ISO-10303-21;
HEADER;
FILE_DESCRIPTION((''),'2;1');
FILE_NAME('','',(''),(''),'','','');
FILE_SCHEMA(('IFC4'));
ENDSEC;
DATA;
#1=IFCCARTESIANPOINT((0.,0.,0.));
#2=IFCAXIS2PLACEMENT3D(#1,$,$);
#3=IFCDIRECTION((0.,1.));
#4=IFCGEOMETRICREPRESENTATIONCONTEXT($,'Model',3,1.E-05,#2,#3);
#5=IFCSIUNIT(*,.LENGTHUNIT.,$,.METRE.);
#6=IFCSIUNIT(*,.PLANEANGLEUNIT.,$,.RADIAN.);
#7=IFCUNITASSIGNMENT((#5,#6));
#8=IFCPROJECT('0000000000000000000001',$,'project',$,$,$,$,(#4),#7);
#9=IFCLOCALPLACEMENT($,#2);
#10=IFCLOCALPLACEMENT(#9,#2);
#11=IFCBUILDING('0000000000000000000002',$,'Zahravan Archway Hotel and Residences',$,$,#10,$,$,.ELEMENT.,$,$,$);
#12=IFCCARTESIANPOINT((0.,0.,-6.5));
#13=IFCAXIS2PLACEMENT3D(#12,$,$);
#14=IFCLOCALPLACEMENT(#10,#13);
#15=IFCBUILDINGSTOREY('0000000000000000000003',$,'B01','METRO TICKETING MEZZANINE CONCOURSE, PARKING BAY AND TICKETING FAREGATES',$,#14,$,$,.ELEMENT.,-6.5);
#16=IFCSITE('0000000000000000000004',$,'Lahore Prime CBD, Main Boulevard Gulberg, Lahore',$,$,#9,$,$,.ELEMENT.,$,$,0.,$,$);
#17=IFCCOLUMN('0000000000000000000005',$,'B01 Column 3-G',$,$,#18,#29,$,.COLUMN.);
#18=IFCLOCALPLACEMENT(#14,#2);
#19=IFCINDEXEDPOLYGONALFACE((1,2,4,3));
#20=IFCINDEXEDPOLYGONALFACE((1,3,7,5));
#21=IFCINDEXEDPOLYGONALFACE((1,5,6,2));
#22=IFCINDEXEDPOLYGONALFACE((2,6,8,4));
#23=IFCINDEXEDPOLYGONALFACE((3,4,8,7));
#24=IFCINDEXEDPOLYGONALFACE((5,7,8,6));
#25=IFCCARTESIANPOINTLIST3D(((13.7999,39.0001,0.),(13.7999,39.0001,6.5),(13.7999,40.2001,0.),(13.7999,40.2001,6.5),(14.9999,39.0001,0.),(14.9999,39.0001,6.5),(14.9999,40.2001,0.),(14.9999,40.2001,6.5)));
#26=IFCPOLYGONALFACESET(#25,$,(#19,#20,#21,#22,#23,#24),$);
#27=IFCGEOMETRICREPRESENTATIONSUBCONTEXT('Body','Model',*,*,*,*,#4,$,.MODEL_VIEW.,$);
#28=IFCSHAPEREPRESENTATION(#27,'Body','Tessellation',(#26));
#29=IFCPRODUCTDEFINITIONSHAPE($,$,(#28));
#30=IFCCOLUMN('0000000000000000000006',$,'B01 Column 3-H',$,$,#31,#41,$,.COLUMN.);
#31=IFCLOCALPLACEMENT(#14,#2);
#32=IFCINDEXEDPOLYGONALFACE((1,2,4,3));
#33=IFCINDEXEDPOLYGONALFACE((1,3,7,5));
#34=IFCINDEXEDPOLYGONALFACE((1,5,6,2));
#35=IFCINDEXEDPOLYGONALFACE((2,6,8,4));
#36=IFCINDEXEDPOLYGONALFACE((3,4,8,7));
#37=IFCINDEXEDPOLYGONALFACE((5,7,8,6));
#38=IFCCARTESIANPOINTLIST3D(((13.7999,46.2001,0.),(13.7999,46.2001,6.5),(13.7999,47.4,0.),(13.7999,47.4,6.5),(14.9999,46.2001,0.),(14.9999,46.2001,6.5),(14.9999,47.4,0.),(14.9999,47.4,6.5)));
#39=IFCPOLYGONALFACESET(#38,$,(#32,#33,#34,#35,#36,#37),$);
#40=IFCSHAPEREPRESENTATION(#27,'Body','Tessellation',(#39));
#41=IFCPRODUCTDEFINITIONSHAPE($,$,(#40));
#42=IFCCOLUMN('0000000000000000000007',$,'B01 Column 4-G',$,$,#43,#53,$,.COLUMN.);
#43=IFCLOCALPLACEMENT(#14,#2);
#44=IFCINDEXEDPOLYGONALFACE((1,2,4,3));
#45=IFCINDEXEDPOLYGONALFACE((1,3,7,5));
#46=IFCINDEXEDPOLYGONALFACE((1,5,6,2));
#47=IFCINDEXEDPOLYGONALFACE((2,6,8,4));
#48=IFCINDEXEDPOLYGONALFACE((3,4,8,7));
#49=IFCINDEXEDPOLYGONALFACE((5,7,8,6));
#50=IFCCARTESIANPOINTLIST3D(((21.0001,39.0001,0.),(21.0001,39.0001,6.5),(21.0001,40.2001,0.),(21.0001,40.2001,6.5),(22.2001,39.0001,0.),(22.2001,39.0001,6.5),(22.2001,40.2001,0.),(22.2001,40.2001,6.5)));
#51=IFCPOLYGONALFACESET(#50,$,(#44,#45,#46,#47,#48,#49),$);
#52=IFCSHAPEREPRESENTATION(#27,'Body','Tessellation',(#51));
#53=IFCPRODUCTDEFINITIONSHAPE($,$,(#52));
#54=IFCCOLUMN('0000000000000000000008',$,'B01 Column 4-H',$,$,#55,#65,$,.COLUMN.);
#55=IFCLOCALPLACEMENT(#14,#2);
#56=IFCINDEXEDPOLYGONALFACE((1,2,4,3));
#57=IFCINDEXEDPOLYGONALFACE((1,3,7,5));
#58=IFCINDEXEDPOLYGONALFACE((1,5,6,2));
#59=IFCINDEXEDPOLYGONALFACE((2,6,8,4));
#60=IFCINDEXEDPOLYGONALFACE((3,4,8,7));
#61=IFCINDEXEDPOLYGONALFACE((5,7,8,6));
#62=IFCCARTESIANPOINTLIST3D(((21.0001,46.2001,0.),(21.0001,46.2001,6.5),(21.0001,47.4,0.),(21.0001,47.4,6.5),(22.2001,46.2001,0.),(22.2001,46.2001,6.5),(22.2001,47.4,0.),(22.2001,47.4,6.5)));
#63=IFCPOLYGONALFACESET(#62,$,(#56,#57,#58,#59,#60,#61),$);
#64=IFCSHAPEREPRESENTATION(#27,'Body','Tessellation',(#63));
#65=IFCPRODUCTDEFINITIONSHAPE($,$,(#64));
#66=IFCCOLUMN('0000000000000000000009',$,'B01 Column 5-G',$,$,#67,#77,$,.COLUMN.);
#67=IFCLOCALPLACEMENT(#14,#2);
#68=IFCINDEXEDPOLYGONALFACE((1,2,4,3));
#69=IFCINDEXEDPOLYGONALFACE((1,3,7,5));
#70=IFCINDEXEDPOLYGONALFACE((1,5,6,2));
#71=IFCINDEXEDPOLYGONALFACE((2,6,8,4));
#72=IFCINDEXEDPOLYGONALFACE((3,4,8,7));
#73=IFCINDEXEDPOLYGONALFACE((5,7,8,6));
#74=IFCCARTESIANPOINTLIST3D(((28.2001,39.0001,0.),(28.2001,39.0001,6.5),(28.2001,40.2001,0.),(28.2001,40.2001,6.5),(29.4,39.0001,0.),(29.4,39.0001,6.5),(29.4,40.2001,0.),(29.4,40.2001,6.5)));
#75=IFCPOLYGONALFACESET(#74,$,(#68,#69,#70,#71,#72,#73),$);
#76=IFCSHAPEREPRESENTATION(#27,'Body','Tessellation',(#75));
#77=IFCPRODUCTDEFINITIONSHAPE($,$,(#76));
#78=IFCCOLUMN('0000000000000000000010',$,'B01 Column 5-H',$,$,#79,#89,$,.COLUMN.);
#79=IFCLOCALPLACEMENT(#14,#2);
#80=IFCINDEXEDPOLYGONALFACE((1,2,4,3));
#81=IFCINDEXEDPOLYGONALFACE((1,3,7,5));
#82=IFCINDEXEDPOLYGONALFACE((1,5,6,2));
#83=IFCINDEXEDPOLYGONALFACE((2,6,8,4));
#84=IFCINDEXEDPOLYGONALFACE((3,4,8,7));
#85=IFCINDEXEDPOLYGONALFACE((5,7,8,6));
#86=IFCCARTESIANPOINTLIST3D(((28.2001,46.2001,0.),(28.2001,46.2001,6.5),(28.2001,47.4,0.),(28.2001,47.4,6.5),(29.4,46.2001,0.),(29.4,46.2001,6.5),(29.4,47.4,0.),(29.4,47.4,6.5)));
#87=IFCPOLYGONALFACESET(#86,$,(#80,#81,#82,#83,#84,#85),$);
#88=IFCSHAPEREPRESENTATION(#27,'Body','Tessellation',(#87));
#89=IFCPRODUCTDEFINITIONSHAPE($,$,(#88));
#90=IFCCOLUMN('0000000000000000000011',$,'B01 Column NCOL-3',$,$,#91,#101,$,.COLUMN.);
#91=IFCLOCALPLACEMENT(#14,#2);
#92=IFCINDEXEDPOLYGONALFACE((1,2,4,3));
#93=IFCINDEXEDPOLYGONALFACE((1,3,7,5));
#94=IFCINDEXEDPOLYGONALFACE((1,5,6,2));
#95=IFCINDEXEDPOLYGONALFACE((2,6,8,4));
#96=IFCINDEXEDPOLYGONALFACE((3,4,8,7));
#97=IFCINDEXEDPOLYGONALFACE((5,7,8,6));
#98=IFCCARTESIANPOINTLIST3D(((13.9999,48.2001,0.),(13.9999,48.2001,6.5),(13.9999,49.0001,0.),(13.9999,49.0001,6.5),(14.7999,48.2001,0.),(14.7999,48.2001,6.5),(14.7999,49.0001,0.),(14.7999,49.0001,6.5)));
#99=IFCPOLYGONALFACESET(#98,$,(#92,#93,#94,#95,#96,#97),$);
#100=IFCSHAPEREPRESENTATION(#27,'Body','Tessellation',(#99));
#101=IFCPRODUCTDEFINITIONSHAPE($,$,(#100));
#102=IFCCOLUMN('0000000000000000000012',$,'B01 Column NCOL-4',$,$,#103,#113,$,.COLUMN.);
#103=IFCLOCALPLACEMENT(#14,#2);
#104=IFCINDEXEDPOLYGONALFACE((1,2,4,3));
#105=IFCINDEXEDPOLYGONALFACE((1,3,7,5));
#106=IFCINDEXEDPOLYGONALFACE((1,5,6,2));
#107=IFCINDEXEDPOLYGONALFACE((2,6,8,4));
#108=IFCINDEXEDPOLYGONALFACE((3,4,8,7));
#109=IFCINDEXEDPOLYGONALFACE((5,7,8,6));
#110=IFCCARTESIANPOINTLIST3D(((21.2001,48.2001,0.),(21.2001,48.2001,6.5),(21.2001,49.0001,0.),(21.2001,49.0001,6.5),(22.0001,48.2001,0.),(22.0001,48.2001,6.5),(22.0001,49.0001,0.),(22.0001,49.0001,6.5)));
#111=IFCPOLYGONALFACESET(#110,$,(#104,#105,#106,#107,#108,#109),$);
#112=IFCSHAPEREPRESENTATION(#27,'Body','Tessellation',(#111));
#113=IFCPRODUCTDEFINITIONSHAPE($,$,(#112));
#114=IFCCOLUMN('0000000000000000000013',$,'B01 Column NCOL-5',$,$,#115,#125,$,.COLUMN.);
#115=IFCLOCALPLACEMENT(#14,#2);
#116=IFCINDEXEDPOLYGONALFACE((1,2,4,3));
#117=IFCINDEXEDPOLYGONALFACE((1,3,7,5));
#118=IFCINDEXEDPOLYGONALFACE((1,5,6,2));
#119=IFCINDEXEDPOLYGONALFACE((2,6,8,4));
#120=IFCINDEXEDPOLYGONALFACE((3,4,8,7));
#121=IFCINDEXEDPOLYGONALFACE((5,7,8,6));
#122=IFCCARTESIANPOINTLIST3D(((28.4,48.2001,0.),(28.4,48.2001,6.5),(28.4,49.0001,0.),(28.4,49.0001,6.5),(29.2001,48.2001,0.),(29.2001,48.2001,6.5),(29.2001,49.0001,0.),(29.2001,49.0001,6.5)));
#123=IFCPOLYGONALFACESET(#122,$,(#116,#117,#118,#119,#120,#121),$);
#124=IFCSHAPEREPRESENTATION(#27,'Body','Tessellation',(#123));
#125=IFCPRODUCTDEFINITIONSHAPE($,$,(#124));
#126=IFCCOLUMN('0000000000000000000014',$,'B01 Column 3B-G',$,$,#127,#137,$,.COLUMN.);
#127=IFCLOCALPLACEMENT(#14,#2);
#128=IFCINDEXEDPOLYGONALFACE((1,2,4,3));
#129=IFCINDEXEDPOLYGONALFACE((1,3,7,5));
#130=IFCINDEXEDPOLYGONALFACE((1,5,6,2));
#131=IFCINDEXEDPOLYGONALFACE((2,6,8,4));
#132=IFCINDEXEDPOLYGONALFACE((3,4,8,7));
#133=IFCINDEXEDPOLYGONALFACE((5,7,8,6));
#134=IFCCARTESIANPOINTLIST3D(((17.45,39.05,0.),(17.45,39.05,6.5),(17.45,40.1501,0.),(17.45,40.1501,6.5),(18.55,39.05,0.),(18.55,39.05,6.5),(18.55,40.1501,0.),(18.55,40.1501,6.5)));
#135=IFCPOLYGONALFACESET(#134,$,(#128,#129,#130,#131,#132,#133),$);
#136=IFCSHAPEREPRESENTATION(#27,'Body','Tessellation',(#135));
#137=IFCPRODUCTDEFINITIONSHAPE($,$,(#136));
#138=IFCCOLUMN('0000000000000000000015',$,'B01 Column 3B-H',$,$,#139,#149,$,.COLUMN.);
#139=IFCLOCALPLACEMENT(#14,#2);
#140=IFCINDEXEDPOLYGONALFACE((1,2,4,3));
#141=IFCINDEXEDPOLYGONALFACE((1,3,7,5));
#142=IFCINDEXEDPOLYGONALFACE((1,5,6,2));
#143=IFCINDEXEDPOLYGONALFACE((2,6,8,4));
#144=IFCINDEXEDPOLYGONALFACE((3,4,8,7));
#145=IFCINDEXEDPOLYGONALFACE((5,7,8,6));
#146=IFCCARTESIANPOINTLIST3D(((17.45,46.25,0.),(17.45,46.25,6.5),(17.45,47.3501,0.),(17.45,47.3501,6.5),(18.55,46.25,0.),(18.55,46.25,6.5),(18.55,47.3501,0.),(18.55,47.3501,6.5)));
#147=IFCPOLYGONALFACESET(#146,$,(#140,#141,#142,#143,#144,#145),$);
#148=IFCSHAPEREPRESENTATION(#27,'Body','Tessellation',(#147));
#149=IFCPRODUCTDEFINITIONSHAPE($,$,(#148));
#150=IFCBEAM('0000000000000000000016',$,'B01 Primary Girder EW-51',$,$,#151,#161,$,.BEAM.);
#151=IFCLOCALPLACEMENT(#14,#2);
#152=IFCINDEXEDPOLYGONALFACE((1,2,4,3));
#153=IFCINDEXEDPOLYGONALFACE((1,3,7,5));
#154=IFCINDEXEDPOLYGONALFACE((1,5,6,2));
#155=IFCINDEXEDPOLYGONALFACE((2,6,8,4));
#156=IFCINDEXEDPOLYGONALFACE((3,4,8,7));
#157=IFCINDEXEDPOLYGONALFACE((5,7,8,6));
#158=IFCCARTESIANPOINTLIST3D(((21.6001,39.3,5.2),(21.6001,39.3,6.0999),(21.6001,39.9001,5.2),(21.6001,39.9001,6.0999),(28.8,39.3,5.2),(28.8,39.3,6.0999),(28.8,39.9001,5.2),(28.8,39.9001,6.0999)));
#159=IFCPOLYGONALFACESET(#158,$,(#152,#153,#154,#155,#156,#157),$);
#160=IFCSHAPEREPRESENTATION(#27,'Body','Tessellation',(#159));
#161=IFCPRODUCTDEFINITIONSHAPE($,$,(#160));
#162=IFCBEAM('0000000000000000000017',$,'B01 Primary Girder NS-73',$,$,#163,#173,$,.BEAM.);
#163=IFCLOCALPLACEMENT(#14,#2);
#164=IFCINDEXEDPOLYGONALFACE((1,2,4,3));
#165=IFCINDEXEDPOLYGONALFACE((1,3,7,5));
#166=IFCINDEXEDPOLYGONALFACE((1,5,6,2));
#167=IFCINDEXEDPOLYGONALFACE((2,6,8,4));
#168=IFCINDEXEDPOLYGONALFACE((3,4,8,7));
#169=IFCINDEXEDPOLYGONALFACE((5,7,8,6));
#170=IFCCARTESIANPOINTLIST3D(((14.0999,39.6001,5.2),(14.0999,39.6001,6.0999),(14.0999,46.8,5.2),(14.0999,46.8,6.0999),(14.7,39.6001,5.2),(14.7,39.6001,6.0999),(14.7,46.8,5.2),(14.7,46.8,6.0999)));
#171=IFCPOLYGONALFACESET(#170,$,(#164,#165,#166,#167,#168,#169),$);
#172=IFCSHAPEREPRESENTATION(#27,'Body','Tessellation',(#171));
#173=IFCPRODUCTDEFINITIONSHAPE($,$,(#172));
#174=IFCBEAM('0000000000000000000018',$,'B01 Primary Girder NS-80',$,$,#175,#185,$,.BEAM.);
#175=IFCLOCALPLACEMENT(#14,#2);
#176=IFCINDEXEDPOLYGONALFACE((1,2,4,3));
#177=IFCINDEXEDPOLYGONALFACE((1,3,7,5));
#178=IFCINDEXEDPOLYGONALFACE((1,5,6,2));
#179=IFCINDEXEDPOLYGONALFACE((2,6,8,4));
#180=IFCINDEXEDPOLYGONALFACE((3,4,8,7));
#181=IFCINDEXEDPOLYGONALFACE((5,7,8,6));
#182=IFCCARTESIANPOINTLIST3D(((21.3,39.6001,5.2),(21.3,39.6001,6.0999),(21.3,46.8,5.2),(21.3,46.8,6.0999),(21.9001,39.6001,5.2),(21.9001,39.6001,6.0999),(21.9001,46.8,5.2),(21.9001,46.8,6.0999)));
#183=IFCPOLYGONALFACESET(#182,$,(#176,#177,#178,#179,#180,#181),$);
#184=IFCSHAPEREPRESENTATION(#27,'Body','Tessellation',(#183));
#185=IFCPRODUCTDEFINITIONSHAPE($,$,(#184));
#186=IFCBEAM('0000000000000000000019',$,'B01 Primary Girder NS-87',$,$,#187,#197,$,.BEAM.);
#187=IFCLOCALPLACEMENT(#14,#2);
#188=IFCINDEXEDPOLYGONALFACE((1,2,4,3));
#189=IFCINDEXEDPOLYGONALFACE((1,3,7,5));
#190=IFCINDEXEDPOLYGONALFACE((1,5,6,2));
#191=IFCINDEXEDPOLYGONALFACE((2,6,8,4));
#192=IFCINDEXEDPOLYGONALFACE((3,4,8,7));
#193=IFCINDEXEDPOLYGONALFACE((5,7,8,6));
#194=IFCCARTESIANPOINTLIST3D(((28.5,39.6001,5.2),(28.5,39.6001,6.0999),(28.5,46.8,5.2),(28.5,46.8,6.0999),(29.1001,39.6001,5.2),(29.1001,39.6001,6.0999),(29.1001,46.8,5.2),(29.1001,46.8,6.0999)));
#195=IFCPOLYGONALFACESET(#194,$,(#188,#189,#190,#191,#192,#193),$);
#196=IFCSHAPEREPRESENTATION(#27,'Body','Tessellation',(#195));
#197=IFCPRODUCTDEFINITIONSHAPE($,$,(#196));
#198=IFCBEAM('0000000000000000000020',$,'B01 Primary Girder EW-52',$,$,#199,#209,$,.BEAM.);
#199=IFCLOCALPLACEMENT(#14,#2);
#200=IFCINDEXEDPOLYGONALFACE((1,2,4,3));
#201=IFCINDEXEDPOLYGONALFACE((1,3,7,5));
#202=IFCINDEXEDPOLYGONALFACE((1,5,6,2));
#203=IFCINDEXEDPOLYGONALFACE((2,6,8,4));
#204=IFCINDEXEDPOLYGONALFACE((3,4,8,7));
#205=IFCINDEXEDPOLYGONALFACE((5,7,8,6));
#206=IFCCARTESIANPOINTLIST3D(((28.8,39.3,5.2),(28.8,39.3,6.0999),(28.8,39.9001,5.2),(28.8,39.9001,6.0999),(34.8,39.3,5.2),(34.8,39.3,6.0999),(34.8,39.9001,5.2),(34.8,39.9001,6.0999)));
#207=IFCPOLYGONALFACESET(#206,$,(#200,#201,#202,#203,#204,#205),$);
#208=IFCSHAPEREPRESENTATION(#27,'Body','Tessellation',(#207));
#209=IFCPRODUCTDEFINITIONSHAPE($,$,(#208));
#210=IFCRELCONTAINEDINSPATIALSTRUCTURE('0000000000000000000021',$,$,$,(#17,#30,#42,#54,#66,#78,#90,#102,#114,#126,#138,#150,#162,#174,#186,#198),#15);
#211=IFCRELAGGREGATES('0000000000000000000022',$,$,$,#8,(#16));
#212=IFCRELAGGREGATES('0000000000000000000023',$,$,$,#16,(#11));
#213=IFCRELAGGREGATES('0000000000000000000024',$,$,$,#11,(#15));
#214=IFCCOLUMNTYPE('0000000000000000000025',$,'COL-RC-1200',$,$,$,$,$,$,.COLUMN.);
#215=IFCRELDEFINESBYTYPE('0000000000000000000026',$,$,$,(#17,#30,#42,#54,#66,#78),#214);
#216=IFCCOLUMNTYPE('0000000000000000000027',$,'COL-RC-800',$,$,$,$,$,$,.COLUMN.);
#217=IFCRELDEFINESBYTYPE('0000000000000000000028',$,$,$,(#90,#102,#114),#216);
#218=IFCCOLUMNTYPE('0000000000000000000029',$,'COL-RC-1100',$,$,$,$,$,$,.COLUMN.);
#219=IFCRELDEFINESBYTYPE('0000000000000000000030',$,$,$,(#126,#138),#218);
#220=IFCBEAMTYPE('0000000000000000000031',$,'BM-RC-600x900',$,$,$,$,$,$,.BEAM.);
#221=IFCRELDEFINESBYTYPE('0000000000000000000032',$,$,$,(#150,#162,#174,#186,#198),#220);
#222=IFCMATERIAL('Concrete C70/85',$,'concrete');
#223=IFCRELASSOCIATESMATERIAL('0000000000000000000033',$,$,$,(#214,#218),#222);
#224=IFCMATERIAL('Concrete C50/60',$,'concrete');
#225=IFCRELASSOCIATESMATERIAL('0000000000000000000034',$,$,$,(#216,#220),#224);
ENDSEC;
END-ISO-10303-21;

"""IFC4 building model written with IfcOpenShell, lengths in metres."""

from ifc_helpers import new_model, si_unit, direction, frame, origin, origin_2d, place, context, subcontext, project, spatial, rectangle, extrude, source, transform, mapped, material, material_profile, profile_set, type_object, element, save


model = new_model("IFC4")

# Units and contexts
model_context = context("Model", 3, precision=1e-05, world=origin(), true_north=direction((0.0, 1.0)))
body_context = subcontext(model_context, "Body", "Model", "MODEL_VIEW")
ifc_project = project(units=[si_unit("LENGTHUNIT", "METRE"), si_unit("PLANEANGLEUNIT", "RADIAN")], contexts=[model_context])

# Site, building, storey
site_placement = place(None, origin())
site = spatial("IfcSite", under=ifc_project, at=site_placement, Name="Lahore Prime CBD, Main Boulevard Gulberg, Lahore", CompositionType="ELEMENT", RefElevation=0.0)
building_placement = place(site_placement, origin())
building = spatial("IfcBuilding", under=site, at=building_placement, Name="Zahravan Archway Hotel and Residences", CompositionType="ELEMENT")
storey_placement = place(building_placement, frame((0.0, 0.0, -6.5)))
storey = spatial("IfcBuildingStorey", under=building, at=storey_placement, Name="B01", Description="METRO TICKETING MEZZANINE CONCOURSE, PARKING BAY AND TICKETING FAREGATES", CompositionType="ELEMENT", Elevation=-6.5)

# Columns
ifc_material_1 = material(Name="Concrete C70/85", Category="concrete")
ifc_material_profile_1 = material_profile(ifc_material_1, rectangle(XDim=1.2, YDim=1.2, at=origin_2d()), Name="RC-COL-1200x1200", Category="concrete")
ifc_profile_set_1 = profile_set([ifc_material_profile_1], Name="Concrete C70/85")
column_type_1 = type_object("IfcColumnType", Name="COL-RC-1200", PredefinedType="COLUMN", material=ifc_profile_set_1)
shared_shape_1 = source(origin(), body_context, "Body", "SweptSolid", [
    extrude(rectangle(XDim=1.2, YDim=1.2, at=origin_2d()), origin(), (0.0, 0.0, 1.0), 6.5),
])
for number, where, z_axis, x_axis, name in (
    (1, (14.3999, 39.6001, 0.0), (0.0, 0.0, 1.0), (1.0, 0.0, 0.0), "B01 Column 3-G"),
    (2, (14.3999, 46.8, 0.0), (0.0, 0.0, 1.0), (1.0, 0.0, 0.0), "B01 Column 3-H"),
    (3, (21.6001, 39.6001, 0.0), (0.0, 0.0, 1.0), (1.0, 0.0, 0.0), "B01 Column 4-G"),
    (4, (21.6001, 46.8, 0.0), (0.0, 0.0, 1.0), (1.0, 0.0, 0.0), "B01 Column 4-H"),
    (5, (28.8, 39.6001, 0.0), (0.0, 0.0, 1.0), (1.0, 0.0, 0.0), "B01 Column 5-G"),
    (6, (28.8, 46.8, 0.0), (0.0, 0.0, 1.0), (1.0, 0.0, 0.0), "B01 Column 5-H"),
):
    element("IfcColumn", number, at=place(storey_placement, frame(where, z_axis=z_axis, x_axis=x_axis)), inside=storey, type_object=column_type_1, Name=name, PredefinedType="COLUMN", context=body_context, shape_type="MappedRepresentation", body=[
        mapped(shared_shape_1, transform((0.0, 0.0, 0.0), scale=1.0)),
    ])
ifc_material_2 = material(Name="Concrete C50/60", Category="concrete")
ifc_material_profile_2 = material_profile(ifc_material_2, rectangle(XDim=0.8, YDim=0.8, at=origin_2d()), Name="RC-COL-800x800", Category="concrete")
ifc_profile_set_2 = profile_set([ifc_material_profile_2], Name="Concrete C50/60")
column_type_2 = type_object("IfcColumnType", Name="COL-RC-800", PredefinedType="COLUMN", material=ifc_profile_set_2)
shared_shape_2 = source(origin(), body_context, "Body", "SweptSolid", [
    extrude(rectangle(XDim=0.8, YDim=0.8, at=origin_2d()), origin(), (0.0, 0.0, 1.0), 6.5),
])
for number, where, z_axis, x_axis, name in (
    (7, (14.3999, 48.6001, 0.0), (0.0, 0.0, 1.0), (1.0, 0.0, 0.0), "B01 Column NCOL-3"),
    (8, (21.6001, 48.6001, 0.0), (0.0, 0.0, 1.0), (1.0, 0.0, 0.0), "B01 Column NCOL-4"),
    (9, (28.8, 48.6001, 0.0), (0.0, 0.0, 1.0), (1.0, 0.0, 0.0), "B01 Column NCOL-5"),
):
    element("IfcColumn", number, at=place(storey_placement, frame(where, z_axis=z_axis, x_axis=x_axis)), inside=storey, type_object=column_type_2, Name=name, PredefinedType="COLUMN", context=body_context, shape_type="MappedRepresentation", body=[
        mapped(shared_shape_2, transform((0.0, 0.0, 0.0), scale=1.0)),
    ])
ifc_material_profile_3 = material_profile(ifc_material_1, rectangle(XDim=1.1001, YDim=1.1001, at=origin_2d()), Name="RC 1100x1100", Category="concrete")
ifc_profile_set_3 = profile_set([ifc_material_profile_3], Name="Concrete C70/85")
column_type_3 = type_object("IfcColumnType", Name="COL-RC-1100", PredefinedType="COLUMN", material=ifc_profile_set_3)
shared_shape_3 = source(origin(), body_context, "Body", "SweptSolid", [
    extrude(rectangle(XDim=1.1001, YDim=1.1001, at=origin_2d()), origin(), (0.0, 0.0, 1.0), 6.5),
])
for number, where, z_axis, x_axis, name in (
    (10, (18.0, 39.6001, 0.0), (0.0, 0.0, 1.0), (1.0, 0.0, 0.0), "B01 Column 3B-G"),
    (11, (18.0, 46.8, 0.0), (0.0, 0.0, 1.0), (1.0, 0.0, 0.0), "B01 Column 3B-H"),
):
    element("IfcColumn", number, at=place(storey_placement, frame(where, z_axis=z_axis, x_axis=x_axis)), inside=storey, type_object=column_type_3, Name=name, PredefinedType="COLUMN", context=body_context, shape_type="MappedRepresentation", body=[
        mapped(shared_shape_3, transform((0.0, 0.0, 0.0), scale=1.0)),
    ])

# Beams
ifc_material_profile_4 = material_profile(ifc_material_2, rectangle(XDim=0.6001, YDim=0.8999, at=origin_2d()), Name="RC-BM-600x900", Category="concrete")
ifc_profile_set_4 = profile_set([ifc_material_profile_4], Name="Concrete C50/60")
beam_type = type_object("IfcBeamType", Name="BM-RC-600x900", PredefinedType="BEAM", material=ifc_profile_set_4)
shared_shape_4 = source(origin(), body_context, "Body", "SweptSolid", [
    extrude(rectangle(XDim=0.6001, YDim=0.8999, at=origin_2d()), origin(), (0.0, 0.0, 1.0), 7.2),
])
for number, where, z_axis, x_axis, name in (
    (12, (21.6001, 39.6001, 5.6499), (1.0, 0.0, 0.0), (0.0, 1.0, 0.0), "B01 Primary Girder EW-51"),
    (13, (14.3999, 39.6001, 5.6499), (0.0, 1.0, 0.0), (-1.0, 0.0, 0.0), "B01 Primary Girder NS-73"),
    (14, (21.6001, 39.6001, 5.6499), (0.0, 1.0, 0.0), (-1.0, 0.0, 0.0), "B01 Primary Girder NS-80"),
    (15, (28.8, 39.6001, 5.6499), (0.0, 1.0, 0.0), (-1.0, 0.0, 0.0), "B01 Primary Girder NS-87"),
):
    element("IfcBeam", number, at=place(storey_placement, frame(where, z_axis=z_axis, x_axis=x_axis)), inside=storey, type_object=beam_type, Name=name, PredefinedType="BEAM", context=body_context, shape_type="MappedRepresentation", body=[
        mapped(shared_shape_4, transform((0.0, 0.0, 0.0), scale=1.0)),
    ])
shared_shape_5 = source(origin(), body_context, "Body", "SweptSolid", [
    extrude(rectangle(XDim=0.6001, YDim=0.8999, at=origin_2d()), origin(), (0.0, 0.0, 1.0), 6.0),
])
beam_1_placement = place(storey_placement, frame((28.8, 39.6001, 5.6499), z_axis=(1.0, 0.0, 0.0), x_axis=(0.0, 1.0, 0.0)))
element("IfcBeam", 16, at=beam_1_placement, inside=storey, type_object=beam_type, Name="B01 Primary Girder EW-52", PredefinedType="BEAM", context=body_context, shape_type="MappedRepresentation", body=[
    mapped(shared_shape_5, transform((0.0, 0.0, 0.0), scale=1.0)),
])

save(model, "model.ifc")
